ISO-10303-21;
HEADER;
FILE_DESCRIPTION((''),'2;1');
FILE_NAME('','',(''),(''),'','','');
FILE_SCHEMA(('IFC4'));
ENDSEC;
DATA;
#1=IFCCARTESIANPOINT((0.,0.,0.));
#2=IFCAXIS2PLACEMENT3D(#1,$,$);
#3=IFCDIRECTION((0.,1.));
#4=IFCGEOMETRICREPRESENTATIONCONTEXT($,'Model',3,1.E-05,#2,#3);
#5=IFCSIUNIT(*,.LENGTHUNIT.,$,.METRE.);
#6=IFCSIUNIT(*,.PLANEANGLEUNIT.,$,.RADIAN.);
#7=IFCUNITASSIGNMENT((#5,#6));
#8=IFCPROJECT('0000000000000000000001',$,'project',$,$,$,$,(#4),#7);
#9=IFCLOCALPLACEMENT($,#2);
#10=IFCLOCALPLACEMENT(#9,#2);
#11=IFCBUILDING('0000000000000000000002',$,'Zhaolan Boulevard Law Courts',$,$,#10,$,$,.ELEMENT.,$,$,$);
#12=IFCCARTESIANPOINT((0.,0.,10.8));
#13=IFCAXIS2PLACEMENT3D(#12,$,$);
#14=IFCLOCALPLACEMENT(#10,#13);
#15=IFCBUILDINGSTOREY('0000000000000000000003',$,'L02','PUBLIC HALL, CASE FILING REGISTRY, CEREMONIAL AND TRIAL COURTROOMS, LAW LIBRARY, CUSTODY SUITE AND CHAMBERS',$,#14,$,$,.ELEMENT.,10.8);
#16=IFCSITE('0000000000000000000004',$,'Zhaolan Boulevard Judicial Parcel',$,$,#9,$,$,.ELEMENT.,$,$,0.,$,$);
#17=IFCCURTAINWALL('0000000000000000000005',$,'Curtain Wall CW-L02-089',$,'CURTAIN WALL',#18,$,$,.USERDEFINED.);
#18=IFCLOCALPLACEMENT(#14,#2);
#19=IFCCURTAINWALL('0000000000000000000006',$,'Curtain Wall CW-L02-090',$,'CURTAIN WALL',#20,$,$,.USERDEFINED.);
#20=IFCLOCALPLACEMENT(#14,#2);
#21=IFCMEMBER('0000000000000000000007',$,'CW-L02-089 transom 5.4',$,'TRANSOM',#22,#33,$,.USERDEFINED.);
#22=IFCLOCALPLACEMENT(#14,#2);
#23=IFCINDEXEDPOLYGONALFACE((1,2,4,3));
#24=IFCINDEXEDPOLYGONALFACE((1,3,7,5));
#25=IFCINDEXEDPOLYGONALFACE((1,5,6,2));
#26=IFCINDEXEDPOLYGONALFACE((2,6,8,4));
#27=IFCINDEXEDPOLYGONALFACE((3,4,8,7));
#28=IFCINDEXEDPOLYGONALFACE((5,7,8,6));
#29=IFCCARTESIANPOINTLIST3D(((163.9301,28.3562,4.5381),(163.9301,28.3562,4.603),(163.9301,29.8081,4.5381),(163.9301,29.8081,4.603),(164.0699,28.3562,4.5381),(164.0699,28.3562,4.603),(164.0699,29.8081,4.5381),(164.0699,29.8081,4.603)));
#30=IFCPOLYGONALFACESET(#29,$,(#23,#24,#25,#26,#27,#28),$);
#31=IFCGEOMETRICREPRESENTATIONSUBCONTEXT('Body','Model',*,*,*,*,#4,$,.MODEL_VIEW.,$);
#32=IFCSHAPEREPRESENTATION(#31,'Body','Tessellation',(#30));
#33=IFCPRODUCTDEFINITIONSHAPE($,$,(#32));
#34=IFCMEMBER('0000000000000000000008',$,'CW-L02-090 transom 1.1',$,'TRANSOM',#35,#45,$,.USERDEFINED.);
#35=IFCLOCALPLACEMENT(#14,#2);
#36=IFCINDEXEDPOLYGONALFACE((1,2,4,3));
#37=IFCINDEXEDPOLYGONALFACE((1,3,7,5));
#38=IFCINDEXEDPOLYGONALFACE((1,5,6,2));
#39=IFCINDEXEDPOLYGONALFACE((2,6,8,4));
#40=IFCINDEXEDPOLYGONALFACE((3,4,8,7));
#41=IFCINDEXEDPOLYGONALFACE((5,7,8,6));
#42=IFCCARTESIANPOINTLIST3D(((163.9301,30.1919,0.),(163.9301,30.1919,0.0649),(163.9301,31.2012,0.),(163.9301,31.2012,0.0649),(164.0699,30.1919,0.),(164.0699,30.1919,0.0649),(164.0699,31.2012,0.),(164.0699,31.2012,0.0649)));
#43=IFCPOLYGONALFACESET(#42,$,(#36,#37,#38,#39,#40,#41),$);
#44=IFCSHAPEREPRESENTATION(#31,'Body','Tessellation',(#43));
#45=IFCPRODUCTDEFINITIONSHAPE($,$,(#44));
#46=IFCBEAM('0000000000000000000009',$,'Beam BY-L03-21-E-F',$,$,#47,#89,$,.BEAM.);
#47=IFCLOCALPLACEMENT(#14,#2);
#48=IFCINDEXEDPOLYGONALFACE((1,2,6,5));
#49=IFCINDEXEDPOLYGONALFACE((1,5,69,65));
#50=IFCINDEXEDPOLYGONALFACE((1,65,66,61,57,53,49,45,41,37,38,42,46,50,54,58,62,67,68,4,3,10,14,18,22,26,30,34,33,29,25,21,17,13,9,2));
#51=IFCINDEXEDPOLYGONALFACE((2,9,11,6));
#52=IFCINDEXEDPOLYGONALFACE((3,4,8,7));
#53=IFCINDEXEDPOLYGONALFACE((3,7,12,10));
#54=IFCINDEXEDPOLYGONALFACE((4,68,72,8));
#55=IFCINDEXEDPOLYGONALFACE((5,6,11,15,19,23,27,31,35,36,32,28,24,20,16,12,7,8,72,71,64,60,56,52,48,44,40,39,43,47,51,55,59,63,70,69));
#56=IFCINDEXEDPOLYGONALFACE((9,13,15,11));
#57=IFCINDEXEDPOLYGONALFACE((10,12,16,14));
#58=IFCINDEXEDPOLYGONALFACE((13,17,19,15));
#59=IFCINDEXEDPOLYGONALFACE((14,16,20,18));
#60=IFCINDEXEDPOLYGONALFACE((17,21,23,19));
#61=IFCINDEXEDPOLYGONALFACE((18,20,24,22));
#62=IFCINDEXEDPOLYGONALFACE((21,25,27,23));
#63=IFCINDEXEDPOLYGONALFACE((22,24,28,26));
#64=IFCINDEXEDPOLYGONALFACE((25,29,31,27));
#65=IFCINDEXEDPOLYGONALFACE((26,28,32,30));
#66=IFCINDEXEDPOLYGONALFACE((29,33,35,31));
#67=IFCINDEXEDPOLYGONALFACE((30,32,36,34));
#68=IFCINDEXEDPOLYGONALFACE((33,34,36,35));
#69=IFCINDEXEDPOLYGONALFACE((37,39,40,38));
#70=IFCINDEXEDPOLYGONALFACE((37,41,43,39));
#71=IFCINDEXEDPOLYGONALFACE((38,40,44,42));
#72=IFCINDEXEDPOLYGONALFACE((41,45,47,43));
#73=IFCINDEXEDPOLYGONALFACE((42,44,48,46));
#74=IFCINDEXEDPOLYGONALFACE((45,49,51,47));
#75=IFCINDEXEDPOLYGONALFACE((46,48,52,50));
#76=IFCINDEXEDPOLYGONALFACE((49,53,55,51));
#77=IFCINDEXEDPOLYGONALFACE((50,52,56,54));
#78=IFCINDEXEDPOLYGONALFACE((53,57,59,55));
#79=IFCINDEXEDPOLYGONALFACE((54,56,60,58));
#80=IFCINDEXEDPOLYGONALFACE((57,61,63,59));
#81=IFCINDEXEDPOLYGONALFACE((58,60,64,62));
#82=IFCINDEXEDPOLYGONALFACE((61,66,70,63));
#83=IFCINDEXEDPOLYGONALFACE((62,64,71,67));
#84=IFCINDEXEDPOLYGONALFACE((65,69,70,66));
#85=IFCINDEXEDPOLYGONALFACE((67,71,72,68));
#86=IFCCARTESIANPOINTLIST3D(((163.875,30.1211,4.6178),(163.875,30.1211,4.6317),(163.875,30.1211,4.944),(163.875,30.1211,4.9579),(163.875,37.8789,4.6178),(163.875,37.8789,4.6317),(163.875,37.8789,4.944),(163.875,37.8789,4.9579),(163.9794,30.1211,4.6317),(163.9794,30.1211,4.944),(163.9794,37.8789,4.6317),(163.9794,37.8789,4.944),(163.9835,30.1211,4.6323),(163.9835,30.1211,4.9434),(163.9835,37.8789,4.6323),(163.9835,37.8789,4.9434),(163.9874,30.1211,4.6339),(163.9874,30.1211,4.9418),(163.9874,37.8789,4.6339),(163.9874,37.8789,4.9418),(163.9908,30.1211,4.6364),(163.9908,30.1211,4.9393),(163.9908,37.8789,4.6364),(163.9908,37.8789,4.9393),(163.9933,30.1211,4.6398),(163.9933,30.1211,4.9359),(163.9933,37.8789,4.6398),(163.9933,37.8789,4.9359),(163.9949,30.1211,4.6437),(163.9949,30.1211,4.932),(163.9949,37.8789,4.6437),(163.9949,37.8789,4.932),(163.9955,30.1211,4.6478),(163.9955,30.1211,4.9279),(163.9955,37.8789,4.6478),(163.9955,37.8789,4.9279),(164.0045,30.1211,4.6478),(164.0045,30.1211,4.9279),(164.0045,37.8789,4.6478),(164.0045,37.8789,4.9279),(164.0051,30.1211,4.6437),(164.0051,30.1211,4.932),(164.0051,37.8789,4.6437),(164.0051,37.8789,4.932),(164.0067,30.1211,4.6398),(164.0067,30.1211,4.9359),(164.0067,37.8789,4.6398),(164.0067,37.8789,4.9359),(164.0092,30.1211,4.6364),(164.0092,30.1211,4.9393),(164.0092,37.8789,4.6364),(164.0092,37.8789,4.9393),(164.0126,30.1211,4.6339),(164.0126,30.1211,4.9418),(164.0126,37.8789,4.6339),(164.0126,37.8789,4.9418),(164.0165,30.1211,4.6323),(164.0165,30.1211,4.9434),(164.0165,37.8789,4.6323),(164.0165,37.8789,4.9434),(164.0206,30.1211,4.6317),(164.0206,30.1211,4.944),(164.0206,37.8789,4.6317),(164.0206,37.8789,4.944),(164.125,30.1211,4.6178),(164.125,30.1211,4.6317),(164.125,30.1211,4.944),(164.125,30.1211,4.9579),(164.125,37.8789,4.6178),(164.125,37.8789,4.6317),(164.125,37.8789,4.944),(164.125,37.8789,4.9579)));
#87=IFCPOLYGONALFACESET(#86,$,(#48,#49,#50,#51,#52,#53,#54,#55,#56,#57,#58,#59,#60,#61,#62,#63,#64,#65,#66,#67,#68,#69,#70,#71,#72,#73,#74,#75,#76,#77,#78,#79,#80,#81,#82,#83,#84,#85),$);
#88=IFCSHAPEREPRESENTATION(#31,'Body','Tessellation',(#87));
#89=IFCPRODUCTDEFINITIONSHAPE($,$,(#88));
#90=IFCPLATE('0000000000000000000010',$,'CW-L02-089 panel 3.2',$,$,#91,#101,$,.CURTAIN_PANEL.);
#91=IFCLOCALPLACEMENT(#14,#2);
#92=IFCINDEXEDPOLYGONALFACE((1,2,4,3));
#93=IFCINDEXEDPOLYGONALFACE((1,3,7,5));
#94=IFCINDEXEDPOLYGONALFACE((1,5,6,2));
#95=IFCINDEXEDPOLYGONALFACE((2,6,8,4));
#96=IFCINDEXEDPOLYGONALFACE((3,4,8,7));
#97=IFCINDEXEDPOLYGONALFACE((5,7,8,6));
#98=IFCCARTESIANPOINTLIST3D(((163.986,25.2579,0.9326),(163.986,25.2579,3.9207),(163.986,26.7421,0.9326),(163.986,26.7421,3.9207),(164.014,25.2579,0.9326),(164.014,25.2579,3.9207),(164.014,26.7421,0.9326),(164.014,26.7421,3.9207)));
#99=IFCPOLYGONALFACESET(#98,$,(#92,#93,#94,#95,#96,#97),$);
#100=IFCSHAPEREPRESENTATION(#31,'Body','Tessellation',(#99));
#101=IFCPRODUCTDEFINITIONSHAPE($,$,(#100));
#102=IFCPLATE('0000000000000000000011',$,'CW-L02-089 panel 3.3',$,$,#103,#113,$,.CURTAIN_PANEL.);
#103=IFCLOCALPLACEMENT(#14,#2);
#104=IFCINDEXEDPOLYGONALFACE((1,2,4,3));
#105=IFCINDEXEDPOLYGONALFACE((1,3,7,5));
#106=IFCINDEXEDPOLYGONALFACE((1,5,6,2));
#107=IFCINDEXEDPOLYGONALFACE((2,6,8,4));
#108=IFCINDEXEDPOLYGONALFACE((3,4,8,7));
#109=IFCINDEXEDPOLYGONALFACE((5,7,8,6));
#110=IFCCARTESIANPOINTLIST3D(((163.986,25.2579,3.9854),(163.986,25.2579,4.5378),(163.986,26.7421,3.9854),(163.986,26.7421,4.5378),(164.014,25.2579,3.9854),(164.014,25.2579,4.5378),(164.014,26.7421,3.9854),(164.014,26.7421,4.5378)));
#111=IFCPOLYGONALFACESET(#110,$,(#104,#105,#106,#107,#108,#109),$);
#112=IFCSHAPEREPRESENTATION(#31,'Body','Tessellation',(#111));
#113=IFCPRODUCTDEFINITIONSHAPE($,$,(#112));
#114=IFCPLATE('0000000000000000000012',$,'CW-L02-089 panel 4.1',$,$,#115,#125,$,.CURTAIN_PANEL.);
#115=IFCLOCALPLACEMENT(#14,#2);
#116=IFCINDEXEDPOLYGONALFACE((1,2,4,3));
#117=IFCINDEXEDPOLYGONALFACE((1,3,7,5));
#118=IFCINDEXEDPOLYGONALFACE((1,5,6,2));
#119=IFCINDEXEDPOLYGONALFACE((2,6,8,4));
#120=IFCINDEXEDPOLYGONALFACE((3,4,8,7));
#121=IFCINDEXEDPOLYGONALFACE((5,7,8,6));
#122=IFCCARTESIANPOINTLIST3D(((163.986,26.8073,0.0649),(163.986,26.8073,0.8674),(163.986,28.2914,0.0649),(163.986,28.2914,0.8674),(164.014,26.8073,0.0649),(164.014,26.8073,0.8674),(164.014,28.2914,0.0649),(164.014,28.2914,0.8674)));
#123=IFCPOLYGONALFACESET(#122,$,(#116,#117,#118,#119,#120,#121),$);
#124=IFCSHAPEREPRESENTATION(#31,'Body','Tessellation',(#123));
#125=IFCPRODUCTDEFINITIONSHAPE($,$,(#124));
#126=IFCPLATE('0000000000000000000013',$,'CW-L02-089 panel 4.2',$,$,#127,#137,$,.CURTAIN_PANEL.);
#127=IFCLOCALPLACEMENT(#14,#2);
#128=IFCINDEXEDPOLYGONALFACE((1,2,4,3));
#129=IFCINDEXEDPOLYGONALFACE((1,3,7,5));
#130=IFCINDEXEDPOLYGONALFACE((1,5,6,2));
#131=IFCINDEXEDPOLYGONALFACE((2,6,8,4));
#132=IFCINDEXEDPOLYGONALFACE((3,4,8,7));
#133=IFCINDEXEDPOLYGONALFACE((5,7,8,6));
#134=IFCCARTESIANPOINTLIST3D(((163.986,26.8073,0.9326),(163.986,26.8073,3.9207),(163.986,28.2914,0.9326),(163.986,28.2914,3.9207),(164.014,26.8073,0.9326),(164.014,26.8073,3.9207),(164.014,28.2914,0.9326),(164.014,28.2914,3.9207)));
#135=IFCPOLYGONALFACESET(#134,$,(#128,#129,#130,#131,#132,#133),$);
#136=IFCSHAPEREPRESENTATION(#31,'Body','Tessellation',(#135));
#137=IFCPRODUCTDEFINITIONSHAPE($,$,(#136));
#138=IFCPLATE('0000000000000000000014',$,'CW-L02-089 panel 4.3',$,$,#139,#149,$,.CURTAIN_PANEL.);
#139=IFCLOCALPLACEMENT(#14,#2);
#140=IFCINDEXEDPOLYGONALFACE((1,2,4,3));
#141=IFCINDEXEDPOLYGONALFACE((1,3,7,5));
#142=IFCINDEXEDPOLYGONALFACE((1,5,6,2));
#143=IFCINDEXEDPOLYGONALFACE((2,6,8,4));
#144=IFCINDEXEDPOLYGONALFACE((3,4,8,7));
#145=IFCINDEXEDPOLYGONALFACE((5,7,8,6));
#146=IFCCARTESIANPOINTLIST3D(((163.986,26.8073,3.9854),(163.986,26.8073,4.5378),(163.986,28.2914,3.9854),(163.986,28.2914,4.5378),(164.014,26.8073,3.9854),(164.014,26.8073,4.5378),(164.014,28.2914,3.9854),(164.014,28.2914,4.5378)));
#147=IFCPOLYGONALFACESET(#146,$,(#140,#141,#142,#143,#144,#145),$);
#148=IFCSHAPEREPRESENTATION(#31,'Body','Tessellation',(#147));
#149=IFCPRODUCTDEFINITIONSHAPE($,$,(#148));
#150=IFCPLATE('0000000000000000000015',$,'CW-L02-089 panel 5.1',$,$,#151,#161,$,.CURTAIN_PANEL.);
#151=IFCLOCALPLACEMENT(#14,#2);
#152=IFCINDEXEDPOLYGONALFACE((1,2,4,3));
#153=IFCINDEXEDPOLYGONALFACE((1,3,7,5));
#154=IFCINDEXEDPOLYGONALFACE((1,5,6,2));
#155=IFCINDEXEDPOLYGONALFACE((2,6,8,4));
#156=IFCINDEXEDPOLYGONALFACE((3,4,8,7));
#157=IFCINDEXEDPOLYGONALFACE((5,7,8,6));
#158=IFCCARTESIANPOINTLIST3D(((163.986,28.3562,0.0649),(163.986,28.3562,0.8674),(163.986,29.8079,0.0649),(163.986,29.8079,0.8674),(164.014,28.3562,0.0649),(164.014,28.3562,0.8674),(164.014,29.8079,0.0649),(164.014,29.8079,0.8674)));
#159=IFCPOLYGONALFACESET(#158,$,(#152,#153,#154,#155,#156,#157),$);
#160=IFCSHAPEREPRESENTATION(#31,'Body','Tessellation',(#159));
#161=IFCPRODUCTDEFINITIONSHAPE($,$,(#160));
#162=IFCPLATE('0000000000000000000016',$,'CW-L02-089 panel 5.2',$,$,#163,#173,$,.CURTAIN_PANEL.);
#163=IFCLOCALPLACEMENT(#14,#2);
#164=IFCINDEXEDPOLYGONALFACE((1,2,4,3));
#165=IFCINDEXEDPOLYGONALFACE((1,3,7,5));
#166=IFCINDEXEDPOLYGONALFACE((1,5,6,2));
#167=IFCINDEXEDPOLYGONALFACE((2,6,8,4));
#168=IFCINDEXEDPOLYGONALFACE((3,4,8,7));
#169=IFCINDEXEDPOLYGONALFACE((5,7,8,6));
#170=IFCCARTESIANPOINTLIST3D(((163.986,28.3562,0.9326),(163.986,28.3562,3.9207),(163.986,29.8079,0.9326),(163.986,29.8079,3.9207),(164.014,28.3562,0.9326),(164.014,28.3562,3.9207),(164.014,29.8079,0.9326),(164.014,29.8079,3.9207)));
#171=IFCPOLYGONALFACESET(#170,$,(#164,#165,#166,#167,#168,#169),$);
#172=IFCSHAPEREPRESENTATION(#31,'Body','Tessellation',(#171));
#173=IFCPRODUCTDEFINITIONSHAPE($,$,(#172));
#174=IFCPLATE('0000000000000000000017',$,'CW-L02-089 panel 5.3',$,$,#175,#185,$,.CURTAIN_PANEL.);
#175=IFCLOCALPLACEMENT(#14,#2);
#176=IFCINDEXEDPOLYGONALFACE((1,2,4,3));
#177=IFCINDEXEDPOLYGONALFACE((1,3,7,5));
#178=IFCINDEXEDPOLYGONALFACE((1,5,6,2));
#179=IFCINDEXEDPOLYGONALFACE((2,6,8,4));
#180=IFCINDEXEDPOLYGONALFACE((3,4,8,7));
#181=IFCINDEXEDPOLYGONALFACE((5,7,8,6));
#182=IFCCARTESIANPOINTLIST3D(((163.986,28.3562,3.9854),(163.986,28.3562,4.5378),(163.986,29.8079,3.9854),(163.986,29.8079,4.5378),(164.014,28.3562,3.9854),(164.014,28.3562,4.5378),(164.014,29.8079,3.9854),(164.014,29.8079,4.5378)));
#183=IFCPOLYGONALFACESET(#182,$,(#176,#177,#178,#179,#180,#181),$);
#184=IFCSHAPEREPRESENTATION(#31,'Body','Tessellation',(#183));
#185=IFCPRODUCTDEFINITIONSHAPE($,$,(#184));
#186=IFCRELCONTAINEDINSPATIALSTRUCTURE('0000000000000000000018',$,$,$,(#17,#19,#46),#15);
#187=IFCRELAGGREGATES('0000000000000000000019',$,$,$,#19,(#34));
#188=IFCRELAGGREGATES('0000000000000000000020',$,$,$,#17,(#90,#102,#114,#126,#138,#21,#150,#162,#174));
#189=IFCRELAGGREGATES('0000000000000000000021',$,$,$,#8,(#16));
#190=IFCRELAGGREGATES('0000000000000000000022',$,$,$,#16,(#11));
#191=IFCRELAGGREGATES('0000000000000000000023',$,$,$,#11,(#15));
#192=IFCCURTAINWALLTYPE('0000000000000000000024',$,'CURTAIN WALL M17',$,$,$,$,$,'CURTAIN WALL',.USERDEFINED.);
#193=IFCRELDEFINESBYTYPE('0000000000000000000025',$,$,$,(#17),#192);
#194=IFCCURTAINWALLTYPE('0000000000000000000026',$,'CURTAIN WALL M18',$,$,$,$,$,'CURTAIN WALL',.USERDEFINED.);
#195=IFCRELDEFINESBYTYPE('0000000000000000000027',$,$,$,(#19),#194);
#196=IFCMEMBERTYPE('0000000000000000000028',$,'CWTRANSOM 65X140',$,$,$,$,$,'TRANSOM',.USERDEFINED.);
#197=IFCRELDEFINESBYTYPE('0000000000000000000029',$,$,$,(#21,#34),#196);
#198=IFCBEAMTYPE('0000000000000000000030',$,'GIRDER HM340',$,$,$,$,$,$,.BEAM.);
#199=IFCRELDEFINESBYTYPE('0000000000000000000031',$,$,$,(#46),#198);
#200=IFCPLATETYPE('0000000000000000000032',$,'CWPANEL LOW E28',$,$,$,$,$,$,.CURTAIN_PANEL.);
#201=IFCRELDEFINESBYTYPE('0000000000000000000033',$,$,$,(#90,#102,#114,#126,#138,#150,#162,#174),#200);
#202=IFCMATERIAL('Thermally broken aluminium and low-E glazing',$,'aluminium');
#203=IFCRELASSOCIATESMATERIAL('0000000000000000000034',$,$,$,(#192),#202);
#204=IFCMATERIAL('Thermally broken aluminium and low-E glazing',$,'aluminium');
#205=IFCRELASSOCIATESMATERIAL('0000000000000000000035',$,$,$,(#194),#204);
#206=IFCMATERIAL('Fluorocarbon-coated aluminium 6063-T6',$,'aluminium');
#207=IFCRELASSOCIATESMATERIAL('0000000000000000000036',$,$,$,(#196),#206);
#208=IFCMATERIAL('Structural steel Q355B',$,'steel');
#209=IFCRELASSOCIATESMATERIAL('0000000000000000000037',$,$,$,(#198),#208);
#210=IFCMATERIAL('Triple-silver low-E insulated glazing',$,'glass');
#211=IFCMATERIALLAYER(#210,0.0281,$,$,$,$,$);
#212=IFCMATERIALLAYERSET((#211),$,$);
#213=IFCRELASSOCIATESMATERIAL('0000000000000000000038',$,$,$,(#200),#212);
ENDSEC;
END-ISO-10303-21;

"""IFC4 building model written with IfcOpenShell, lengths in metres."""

from ifc_helpers import new_model, si_unit, direction, frame, origin, origin_2d, place, context, subcontext, project, spatial, rectangle, i_section, extrude, material, layer, layer_set, material_profile, profile_set, type_object, element, aggregate, save


model = new_model("IFC4")

# Units and contexts
model_context = context("Model", 3, precision=1e-05, world=origin(), true_north=direction((0.0, 1.0)))
body_context = subcontext(model_context, "Body", "Model", "MODEL_VIEW")
ifc_project = project(units=[si_unit("LENGTHUNIT", "METRE"), si_unit("PLANEANGLEUNIT", "RADIAN")], contexts=[model_context])

# Site, building, storey
site_placement = place(None, origin())
site = spatial("IfcSite", under=ifc_project, at=site_placement, Name="Zhaolan Boulevard Judicial Parcel", CompositionType="ELEMENT", RefElevation=0.0)
building_placement = place(site_placement, origin())
building = spatial("IfcBuilding", under=site, at=building_placement, Name="Zhaolan Boulevard Law Courts", CompositionType="ELEMENT")
storey_placement = place(building_placement, frame((0.0, 0.0, 10.8)))
storey = spatial("IfcBuildingStorey", under=building, at=storey_placement, Name="L02", Description="PUBLIC HALL, CASE FILING REGISTRY, CEREMONIAL AND TRIAL COURTROOMS, LAW LIBRARY, CUSTODY SUITE AND CHAMBERS", CompositionType="ELEMENT", Elevation=10.8)

# Curtain wall
ifc_material_1 = material(Name="Thermally broken aluminium and low-E glazing", Category="aluminium")
curtain_wall_type_1 = type_object("IfcCurtainWallType", Name="CURTAIN WALL M17", ElementType="CURTAIN WALL", PredefinedType="USERDEFINED", material=ifc_material_1)
curtain_wall_1_placement = place(storey_placement, origin())
curtain_wall_1 = element("IfcCurtainWall", 1, at=curtain_wall_1_placement, inside=storey, type_object=curtain_wall_type_1, Name="Curtain Wall CW-L02-089", ObjectType="CURTAIN WALL", PredefinedType="USERDEFINED")

# Curtain wall
ifc_material_2 = material(Name="Thermally broken aluminium and low-E glazing", Category="aluminium")
curtain_wall_type_2 = type_object("IfcCurtainWallType", Name="CURTAIN WALL M18", ElementType="CURTAIN WALL", PredefinedType="USERDEFINED", material=ifc_material_2)
curtain_wall_2_placement = place(storey_placement, origin())
curtain_wall_2 = element("IfcCurtainWall", 2, at=curtain_wall_2_placement, inside=storey, type_object=curtain_wall_type_2, Name="Curtain Wall CW-L02-090", ObjectType="CURTAIN WALL", PredefinedType="USERDEFINED")

# Members
ifc_material_3 = material(Name="Fluorocarbon-coated aluminium 6063-T6", Category="aluminium")
ifc_material_profile_1 = material_profile(ifc_material_3, rectangle(XDim=0.1399, YDim=0.0649, at=origin_2d()), Name="AL65x140")
ifc_profile_set_1 = profile_set([ifc_material_profile_1], Name="Fluorocarbon-coated aluminium 6063-T6")
member_type_1 = type_object("IfcMemberType", Name="CWTRANSOM 65X140", ElementType="TRANSOM", PredefinedType="USERDEFINED", material=ifc_profile_set_1)
member_1_placement = place(storey_placement, frame((164.0, 28.3562, 4.5706), z_axis=(0.0, 1.0, 0.0), x_axis=(-1.0, 0.0, 0.0)))
member_1 = element("IfcMember", 3, at=member_1_placement, type_object=member_type_1, Name="CW-L02-089 transom 5.4", ObjectType="TRANSOM", PredefinedType="USERDEFINED", context=body_context, shape_type="SweptSolid", body=[
    extrude(rectangle(XDim=0.1399, YDim=0.0649, at=origin_2d()), origin(), (0.0, 0.0, 1.0), 1.4519),
])
member_2_placement = place(storey_placement, frame((164.0, 30.1919, 0.0325), z_axis=(0.0, 1.0, 0.0), x_axis=(-1.0, 0.0, 0.0)))
member_2 = element("IfcMember", 4, at=member_2_placement, type_object=member_type_1, Name="CW-L02-090 transom 1.1", ObjectType="TRANSOM", PredefinedType="USERDEFINED", context=body_context, shape_type="SweptSolid", body=[
    extrude(rectangle(XDim=0.1399, YDim=0.0649, at=origin_2d()), origin(), (0.0, 0.0, 1.0), 1.0093),
])
aggregate(curtain_wall_2, [member_2])

# Beam
ifc_material_4 = material(Name="Structural steel Q355B", Category="steel")
ifc_material_profile_2 = material_profile(ifc_material_4, i_section(OverallWidth=0.25, OverallDepth=0.3401, WebThickness=0.009, FlangeThickness=0.0139, FilletRadius=0.0161, at=origin_2d()), Name="HM340x250")
ifc_profile_set_2 = profile_set([ifc_material_profile_2], Name="Structural steel Q355B")
beam_type = type_object("IfcBeamType", Name="GIRDER HM340", PredefinedType="BEAM", material=ifc_profile_set_2)
beam_placement = place(storey_placement, frame((164.0, 30.1211, 4.7878), z_axis=(0.0, 1.0, 0.0), x_axis=(-1.0, 0.0, 0.0)))
element("IfcBeam", 5, at=beam_placement, inside=storey, type_object=beam_type, Name="Beam BY-L03-21-E-F", PredefinedType="BEAM", context=body_context, shape_type="SweptSolid", body=[
    extrude(i_section(OverallWidth=0.25, OverallDepth=0.3401, WebThickness=0.009, FlangeThickness=0.0139, FilletRadius=0.0161, at=origin_2d()), origin(), (0.0, 0.0, 1.0), 7.7578),
])

# Plates
ifc_material_5 = material(Name="Triple-silver low-E insulated glazing", Category="glass")
ifc_layer = layer(ifc_material_5, 0.0281)
ifc_layer_set = layer_set([ifc_layer])
plate_type = type_object("IfcPlateType", Name="CWPANEL LOW E28", PredefinedType="CURTAIN_PANEL", material=ifc_layer_set)
plate_1_placement = place(storey_placement, frame((164.0, 26.0, 0.9326), z_axis=(0.0, 0.0, 1.0), x_axis=(0.0, 1.0, 0.0)))
plate_1 = element("IfcPlate", 6, at=plate_1_placement, type_object=plate_type, Name="CW-L02-089 panel 3.2", PredefinedType="CURTAIN_PANEL", context=body_context, shape_type="SweptSolid", body=[
    extrude(rectangle(XDim=1.4841, YDim=0.0281, at=origin_2d()), origin(), (0.0, 0.0, 1.0), 2.988),
])
plate_2_placement = place(storey_placement, frame((164.0, 26.0, 3.9854), z_axis=(0.0, 0.0, 1.0), x_axis=(0.0, 1.0, 0.0)))
plate_2 = element("IfcPlate", 7, at=plate_2_placement, type_object=plate_type, Name="CW-L02-089 panel 3.3", PredefinedType="CURTAIN_PANEL", context=body_context, shape_type="SweptSolid", body=[
    extrude(rectangle(XDim=1.4841, YDim=0.0281, at=origin_2d()), origin(), (0.0, 0.0, 1.0), 0.5525),
])
plate_3_placement = place(storey_placement, frame((164.0, 27.5493, 0.0649), z_axis=(0.0, 0.0, 1.0), x_axis=(0.0, 1.0, 0.0)))
plate_3 = element("IfcPlate", 8, at=plate_3_placement, type_object=plate_type, Name="CW-L02-089 panel 4.1", PredefinedType="CURTAIN_PANEL", context=body_context, shape_type="SweptSolid", body=[
    extrude(rectangle(XDim=1.4841, YDim=0.0281, at=origin_2d()), origin(), (0.0, 0.0, 1.0), 0.8025),
])
plate_4_placement = place(storey_placement, frame((164.0, 27.5493, 0.9326), z_axis=(0.0, 0.0, 1.0), x_axis=(0.0, 1.0, 0.0)))
plate_4 = element("IfcPlate", 9, at=plate_4_placement, type_object=plate_type, Name="CW-L02-089 panel 4.2", PredefinedType="CURTAIN_PANEL", context=body_context, shape_type="SweptSolid", body=[
    extrude(rectangle(XDim=1.4841, YDim=0.0281, at=origin_2d()), origin(), (0.0, 0.0, 1.0), 2.988),
])
plate_5_placement = place(storey_placement, frame((164.0, 27.5493, 3.9854), z_axis=(0.0, 0.0, 1.0), x_axis=(0.0, 1.0, 0.0)))
plate_5 = element("IfcPlate", 10, at=plate_5_placement, type_object=plate_type, Name="CW-L02-089 panel 4.3", PredefinedType="CURTAIN_PANEL", context=body_context, shape_type="SweptSolid", body=[
    extrude(rectangle(XDim=1.4841, YDim=0.0281, at=origin_2d()), origin(), (0.0, 0.0, 1.0), 0.5525),
])
plate_6_placement = place(storey_placement, frame((164.0, 29.082, 0.0649), z_axis=(0.0, 0.0, 1.0), x_axis=(0.0, 1.0, 0.0)))
plate_6 = element("IfcPlate", 11, at=plate_6_placement, type_object=plate_type, Name="CW-L02-089 panel 5.1", PredefinedType="CURTAIN_PANEL", context=body_context, shape_type="SweptSolid", body=[
    extrude(rectangle(XDim=1.4517, YDim=0.0281, at=origin_2d()), origin(), (0.0, 0.0, 1.0), 0.8025),
])
plate_7_placement = place(storey_placement, frame((164.0, 29.082, 0.9326), z_axis=(0.0, 0.0, 1.0), x_axis=(0.0, 1.0, 0.0)))
plate_7 = element("IfcPlate", 12, at=plate_7_placement, type_object=plate_type, Name="CW-L02-089 panel 5.2", PredefinedType="CURTAIN_PANEL", context=body_context, shape_type="SweptSolid", body=[
    extrude(rectangle(XDim=1.4517, YDim=0.0281, at=origin_2d()), origin(), (0.0, 0.0, 1.0), 2.988),
])
plate_8_placement = place(storey_placement, frame((164.0, 29.082, 3.9854), z_axis=(0.0, 0.0, 1.0), x_axis=(0.0, 1.0, 0.0)))
plate_8 = element("IfcPlate", 13, at=plate_8_placement, type_object=plate_type, Name="CW-L02-089 panel 5.3", PredefinedType="CURTAIN_PANEL", context=body_context, shape_type="SweptSolid", body=[
    extrude(rectangle(XDim=1.4517, YDim=0.0281, at=origin_2d()), origin(), (0.0, 0.0, 1.0), 0.5525),
])
aggregate(curtain_wall_1, [plate_1, plate_2, plate_3, plate_4, plate_5, member_1, plate_6, plate_7, plate_8])

save(model, "model.ifc")
